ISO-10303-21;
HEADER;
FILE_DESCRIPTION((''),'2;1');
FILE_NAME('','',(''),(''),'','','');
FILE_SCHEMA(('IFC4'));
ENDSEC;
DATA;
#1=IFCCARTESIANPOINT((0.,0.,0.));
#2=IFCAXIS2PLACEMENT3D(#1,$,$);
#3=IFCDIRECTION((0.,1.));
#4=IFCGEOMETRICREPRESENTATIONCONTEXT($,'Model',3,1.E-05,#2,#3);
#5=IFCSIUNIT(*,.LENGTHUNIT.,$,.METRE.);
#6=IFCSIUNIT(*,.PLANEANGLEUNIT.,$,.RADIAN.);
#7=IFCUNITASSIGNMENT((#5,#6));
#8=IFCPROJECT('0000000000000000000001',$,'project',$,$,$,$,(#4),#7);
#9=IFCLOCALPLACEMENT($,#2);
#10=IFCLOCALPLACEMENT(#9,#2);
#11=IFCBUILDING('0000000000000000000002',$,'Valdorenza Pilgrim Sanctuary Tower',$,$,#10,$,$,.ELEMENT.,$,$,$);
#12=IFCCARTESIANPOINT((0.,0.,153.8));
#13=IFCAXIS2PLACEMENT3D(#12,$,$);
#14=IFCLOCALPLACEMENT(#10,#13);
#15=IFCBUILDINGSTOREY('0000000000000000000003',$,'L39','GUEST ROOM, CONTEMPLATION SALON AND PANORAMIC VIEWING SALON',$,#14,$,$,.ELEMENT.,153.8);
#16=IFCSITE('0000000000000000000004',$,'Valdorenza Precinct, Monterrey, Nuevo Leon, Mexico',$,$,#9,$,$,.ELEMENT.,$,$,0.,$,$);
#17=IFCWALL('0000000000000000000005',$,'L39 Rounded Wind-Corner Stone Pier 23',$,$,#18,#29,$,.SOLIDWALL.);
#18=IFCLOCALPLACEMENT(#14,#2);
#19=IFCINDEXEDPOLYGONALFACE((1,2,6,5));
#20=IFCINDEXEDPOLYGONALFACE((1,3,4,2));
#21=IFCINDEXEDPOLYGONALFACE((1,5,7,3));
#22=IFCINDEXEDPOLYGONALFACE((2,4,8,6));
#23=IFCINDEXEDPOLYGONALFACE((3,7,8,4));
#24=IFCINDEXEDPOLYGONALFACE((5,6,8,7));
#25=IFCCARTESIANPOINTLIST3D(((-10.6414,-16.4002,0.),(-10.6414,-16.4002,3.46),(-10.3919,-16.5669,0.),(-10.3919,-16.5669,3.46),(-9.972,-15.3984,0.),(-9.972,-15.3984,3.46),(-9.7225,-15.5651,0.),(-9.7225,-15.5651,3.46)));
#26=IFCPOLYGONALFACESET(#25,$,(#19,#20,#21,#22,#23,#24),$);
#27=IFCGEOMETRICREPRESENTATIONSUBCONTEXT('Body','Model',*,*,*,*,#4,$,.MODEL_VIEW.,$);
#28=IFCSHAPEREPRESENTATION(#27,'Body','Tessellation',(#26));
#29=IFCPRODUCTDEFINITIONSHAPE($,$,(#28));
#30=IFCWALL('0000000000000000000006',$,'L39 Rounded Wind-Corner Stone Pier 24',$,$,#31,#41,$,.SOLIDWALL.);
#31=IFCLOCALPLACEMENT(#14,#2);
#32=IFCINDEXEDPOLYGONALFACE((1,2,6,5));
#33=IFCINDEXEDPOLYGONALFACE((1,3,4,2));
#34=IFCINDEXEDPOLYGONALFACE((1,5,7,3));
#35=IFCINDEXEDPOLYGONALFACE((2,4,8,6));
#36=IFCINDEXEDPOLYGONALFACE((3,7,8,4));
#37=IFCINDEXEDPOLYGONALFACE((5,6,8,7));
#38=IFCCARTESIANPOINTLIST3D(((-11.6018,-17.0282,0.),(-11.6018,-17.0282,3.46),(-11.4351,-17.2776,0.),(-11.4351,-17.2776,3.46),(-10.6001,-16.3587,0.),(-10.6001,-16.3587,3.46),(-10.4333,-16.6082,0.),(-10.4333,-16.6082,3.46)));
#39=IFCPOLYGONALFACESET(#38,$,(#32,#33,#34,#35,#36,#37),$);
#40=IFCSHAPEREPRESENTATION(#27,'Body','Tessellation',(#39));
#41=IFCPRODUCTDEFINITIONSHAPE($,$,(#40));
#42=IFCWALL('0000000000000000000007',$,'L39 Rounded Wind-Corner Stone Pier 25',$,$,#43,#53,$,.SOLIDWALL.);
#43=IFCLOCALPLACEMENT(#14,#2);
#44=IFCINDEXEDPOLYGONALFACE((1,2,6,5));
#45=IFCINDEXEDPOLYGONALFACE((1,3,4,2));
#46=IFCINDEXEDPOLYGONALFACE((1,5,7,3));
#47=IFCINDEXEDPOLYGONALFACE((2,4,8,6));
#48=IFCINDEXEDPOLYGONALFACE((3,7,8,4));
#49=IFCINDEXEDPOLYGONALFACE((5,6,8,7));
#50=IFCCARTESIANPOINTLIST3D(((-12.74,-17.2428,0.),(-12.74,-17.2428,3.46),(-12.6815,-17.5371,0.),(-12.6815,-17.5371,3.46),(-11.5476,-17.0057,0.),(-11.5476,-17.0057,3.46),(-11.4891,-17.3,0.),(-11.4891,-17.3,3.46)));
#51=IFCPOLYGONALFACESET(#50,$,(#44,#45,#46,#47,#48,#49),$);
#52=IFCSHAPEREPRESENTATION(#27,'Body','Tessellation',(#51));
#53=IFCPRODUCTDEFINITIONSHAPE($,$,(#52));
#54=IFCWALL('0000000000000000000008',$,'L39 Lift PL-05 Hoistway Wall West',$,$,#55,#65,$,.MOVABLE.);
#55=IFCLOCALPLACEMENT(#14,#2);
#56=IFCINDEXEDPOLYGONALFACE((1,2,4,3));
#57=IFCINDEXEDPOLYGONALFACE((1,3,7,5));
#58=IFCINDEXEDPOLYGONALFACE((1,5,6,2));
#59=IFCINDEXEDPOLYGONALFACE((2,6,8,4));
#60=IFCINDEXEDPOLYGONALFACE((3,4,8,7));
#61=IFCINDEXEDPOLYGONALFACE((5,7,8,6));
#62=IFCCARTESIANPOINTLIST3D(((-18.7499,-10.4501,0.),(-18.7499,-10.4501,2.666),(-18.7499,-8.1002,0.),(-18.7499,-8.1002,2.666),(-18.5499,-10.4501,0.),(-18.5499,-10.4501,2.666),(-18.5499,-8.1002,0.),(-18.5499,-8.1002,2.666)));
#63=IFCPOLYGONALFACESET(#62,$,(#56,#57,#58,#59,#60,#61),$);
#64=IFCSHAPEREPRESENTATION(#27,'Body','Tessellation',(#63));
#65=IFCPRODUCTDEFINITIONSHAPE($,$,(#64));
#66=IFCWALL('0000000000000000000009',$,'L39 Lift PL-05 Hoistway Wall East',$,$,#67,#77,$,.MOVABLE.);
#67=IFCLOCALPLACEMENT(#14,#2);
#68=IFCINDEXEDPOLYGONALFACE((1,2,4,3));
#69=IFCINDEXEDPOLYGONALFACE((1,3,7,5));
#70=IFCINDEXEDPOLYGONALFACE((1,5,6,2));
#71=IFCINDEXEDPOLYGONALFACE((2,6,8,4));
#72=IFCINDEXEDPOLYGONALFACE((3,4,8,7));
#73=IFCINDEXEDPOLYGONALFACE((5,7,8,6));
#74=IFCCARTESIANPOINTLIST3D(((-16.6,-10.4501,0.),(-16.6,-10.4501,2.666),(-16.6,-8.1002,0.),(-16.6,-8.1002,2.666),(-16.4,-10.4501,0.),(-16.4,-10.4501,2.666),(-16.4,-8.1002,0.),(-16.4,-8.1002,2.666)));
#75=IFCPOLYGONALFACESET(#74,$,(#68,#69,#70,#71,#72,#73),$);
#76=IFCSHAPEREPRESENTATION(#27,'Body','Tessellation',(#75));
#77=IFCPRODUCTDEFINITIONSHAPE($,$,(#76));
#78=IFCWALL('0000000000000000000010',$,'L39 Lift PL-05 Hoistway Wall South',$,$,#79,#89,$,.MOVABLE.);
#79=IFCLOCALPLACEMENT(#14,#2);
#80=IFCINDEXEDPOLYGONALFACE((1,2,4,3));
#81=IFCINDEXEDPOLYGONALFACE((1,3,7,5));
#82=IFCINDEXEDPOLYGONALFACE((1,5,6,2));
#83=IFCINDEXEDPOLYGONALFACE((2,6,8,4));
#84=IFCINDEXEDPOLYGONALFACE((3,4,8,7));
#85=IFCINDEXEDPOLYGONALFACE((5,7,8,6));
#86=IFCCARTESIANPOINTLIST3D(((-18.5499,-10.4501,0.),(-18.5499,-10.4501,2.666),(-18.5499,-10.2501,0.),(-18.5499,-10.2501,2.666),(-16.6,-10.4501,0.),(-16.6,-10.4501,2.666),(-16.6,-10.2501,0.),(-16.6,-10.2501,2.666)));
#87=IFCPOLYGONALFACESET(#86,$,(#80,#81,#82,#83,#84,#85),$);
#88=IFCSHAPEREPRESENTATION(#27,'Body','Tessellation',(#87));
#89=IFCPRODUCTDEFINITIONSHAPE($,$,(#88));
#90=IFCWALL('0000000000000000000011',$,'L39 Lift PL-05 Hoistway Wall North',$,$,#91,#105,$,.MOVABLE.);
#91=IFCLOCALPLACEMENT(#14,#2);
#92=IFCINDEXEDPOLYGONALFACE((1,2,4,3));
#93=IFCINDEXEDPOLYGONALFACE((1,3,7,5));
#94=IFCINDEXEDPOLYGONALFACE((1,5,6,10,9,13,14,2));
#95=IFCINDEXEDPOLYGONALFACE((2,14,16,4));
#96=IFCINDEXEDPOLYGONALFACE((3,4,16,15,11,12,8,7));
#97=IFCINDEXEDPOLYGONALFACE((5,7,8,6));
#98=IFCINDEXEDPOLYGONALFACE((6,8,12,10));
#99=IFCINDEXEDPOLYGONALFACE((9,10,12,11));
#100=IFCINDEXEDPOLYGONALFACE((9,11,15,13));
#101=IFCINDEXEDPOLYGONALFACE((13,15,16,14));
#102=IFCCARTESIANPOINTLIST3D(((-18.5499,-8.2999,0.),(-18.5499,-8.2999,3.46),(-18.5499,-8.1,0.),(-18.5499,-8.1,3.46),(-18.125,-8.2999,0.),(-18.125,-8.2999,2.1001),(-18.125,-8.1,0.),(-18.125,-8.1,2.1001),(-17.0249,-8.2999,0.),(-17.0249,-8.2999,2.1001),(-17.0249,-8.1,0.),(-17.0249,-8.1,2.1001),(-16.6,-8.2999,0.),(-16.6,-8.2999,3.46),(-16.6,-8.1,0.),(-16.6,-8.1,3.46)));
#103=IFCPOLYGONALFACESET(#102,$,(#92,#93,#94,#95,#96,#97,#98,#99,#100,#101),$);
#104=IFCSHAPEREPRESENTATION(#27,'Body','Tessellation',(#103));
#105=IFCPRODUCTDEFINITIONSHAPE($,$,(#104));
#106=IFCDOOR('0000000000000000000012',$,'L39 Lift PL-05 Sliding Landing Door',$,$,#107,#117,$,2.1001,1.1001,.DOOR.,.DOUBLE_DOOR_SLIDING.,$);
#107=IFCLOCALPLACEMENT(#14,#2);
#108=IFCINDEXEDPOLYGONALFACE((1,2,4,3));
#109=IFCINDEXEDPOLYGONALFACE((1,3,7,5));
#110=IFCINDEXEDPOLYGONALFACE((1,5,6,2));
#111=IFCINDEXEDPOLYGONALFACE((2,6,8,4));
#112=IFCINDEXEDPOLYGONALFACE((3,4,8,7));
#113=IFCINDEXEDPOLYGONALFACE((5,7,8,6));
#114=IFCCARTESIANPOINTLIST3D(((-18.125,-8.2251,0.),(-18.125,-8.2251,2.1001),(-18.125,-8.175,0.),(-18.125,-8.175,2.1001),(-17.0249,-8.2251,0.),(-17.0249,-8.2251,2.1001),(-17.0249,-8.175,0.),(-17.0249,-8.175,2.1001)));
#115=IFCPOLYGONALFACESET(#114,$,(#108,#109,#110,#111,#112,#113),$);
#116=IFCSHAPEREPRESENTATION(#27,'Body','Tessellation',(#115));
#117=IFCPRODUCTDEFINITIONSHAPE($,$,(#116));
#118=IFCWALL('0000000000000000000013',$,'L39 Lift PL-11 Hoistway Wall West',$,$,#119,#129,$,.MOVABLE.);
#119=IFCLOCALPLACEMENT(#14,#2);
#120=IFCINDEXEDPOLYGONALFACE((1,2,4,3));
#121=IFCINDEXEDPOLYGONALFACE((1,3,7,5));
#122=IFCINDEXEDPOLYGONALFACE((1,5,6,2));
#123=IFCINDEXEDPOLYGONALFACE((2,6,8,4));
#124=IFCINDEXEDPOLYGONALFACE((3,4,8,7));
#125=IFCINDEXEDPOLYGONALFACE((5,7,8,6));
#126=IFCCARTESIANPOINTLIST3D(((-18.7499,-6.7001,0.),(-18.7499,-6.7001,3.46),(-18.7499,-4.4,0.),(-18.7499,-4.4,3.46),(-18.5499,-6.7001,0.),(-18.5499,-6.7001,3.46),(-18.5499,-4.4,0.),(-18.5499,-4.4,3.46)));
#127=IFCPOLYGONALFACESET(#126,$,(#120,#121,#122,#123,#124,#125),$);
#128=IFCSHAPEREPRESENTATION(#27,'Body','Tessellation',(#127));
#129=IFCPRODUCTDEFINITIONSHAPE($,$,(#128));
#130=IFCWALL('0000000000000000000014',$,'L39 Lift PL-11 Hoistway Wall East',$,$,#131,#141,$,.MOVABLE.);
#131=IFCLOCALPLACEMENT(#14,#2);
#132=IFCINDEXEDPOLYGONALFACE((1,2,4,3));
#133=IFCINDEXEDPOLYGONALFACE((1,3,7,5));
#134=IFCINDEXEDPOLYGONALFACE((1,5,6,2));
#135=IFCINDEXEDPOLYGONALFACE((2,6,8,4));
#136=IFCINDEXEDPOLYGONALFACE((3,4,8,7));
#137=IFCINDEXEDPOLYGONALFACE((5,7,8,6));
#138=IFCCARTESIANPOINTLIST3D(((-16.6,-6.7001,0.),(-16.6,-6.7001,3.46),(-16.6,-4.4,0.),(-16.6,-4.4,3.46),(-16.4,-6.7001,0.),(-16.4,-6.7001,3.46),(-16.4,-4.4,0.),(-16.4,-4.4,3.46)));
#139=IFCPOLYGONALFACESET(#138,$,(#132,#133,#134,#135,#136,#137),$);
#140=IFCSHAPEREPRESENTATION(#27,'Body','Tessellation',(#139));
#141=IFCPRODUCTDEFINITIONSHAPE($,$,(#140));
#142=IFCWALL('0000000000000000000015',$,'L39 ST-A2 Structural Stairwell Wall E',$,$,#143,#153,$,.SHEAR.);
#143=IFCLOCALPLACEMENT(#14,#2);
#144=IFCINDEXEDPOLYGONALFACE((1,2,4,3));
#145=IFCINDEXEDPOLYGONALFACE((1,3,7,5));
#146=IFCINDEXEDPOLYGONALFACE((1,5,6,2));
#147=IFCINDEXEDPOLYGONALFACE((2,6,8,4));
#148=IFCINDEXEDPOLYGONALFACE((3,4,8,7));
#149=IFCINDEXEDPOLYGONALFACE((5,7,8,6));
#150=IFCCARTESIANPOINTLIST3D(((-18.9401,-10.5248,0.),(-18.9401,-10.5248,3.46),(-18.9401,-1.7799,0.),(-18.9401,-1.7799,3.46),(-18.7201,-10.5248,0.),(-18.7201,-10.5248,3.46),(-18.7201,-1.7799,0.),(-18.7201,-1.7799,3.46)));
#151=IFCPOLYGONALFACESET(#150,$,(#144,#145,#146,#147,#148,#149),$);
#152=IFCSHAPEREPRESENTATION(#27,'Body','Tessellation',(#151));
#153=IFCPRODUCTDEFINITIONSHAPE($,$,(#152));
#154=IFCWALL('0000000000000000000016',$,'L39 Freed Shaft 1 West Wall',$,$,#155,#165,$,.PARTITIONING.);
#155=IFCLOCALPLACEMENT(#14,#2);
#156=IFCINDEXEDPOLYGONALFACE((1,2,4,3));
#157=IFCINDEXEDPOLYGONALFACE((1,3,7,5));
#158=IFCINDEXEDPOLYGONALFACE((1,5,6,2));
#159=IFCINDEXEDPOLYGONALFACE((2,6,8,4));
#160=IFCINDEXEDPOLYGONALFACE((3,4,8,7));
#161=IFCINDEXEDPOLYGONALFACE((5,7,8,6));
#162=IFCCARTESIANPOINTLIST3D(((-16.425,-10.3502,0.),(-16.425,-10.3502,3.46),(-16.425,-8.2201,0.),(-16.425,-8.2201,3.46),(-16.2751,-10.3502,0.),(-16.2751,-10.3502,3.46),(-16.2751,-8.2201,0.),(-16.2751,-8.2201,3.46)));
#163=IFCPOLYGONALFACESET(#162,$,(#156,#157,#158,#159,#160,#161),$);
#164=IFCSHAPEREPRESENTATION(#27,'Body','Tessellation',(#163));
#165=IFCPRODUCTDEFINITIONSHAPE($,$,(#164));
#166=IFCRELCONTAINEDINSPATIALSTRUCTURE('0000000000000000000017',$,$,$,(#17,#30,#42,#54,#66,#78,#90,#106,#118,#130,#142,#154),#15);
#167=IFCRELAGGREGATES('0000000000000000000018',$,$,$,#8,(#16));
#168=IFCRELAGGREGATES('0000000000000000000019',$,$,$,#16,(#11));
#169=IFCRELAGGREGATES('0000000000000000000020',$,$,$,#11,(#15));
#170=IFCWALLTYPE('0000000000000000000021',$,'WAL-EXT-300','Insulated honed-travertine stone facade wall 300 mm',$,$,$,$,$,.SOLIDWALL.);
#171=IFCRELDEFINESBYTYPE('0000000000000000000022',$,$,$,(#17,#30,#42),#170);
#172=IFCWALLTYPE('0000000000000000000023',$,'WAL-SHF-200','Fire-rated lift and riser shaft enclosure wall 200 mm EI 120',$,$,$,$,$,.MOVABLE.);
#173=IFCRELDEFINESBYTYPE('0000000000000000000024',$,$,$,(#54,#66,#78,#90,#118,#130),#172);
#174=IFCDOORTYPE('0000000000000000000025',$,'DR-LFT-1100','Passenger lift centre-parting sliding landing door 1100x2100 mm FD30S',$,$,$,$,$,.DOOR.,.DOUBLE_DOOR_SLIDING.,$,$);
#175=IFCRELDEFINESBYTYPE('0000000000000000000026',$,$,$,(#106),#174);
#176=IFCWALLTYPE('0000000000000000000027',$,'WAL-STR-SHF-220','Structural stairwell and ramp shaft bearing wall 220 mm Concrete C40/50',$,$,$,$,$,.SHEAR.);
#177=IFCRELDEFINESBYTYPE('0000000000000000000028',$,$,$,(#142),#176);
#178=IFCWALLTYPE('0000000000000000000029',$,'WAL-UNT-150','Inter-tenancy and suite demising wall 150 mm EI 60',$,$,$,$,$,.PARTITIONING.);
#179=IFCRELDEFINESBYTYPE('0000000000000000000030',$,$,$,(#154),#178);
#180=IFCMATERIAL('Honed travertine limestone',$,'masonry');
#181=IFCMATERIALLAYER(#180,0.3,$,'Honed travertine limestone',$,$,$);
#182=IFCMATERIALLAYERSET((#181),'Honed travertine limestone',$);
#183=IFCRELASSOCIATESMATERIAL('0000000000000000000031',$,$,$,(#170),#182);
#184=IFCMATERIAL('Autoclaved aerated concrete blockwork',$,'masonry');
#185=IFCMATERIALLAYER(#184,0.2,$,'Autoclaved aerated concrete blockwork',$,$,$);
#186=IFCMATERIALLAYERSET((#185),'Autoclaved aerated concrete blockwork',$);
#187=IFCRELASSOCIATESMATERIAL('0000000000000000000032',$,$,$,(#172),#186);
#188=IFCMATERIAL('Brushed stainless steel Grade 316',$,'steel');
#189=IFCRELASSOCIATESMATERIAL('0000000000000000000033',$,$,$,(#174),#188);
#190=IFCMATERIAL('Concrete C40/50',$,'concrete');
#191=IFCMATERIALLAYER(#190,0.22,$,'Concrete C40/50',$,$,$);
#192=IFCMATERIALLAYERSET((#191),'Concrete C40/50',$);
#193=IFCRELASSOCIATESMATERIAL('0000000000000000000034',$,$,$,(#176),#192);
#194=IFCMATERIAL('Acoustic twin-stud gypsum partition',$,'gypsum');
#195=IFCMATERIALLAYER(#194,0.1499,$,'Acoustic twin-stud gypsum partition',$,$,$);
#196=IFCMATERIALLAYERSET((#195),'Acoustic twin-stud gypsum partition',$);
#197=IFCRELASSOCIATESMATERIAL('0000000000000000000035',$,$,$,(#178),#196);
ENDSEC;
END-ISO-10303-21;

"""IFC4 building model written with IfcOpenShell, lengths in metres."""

from ifc_helpers import new_model, si_unit, direction, frame, frame_2d, origin, place, context, subcontext, project, spatial, rectangle, extrude, material, layer, layer_set, type_object, element, fill, save


model = new_model("IFC4")

# Units and contexts
model_context = context("Model", 3, precision=1e-05, world=origin(), true_north=direction((0.0, 1.0)))
body_context = subcontext(model_context, "Body", "Model", "MODEL_VIEW")
ifc_project = project(units=[si_unit("LENGTHUNIT", "METRE"), si_unit("PLANEANGLEUNIT", "RADIAN")], contexts=[model_context])

# Site, building, storey
site_placement = place(None, origin())
site = spatial("IfcSite", under=ifc_project, at=site_placement, Name="Valdorenza Precinct, Monterrey, Nuevo Leon, Mexico", CompositionType="ELEMENT", RefElevation=0.0)
building_placement = place(site_placement, origin())
building = spatial("IfcBuilding", under=site, at=building_placement, Name="Valdorenza Pilgrim Sanctuary Tower", CompositionType="ELEMENT")
storey_placement = place(building_placement, frame((0.0, 0.0, 153.8)))
storey = spatial("IfcBuildingStorey", under=building, at=storey_placement, Name="L39", Description="GUEST ROOM, CONTEMPLATION SALON AND PANORAMIC VIEWING SALON", CompositionType="ELEMENT", Elevation=153.8)

# Shared definitions
ifc_material_1 = material(Name="Honed travertine limestone", Category="masonry")

# Shared definitions
ifc_material_2 = material(Name="Acoustic twin-stud gypsum partition", Category="gypsum")

# Walls
ifc_layer_1 = layer(ifc_material_1, 0.3, Name="Honed travertine limestone")
ifc_layer_set_1 = layer_set([ifc_layer_1], Name="Honed travertine limestone")
wall_type_1 = type_object("IfcWallType", Name="WAL-EXT-300", Description="Insulated honed-travertine stone facade wall 300 mm", PredefinedType="SOLIDWALL", material=ifc_layer_set_1)
for number, where, z_axis, x_axis, name in (
    (1, (-9.8472, -15.4817, 0.0), (0.0, 0.0, 1.0), (-0.555635, -0.831426, 0.0), "L39 Rounded Wind-Corner Stone Pier 23"),
    (2, (-10.5166, -16.4834, 0.0), (0.0, 0.0, 1.0), (-0.831426, -0.555635, 0.0), "L39 Rounded Wind-Corner Stone Pier 24"),
):
    element("IfcWall", number, at=place(storey_placement, frame(where, z_axis=z_axis, x_axis=x_axis)), inside=storey, type_object=wall_type_1, Name=name, PredefinedType="SOLIDWALL", context=body_context, shape_type="SweptSolid", body=[
        extrude(rectangle(XDim=1.2048, YDim=0.3, at=frame_2d((0.6025, 0.0))), origin(), (0.0, 0.0, 1.0), 3.46),
    ])
wall_1_placement = place(storey_placement, frame((-11.5183, -17.1528, 0.0), z_axis=(0.0, 0.0, 1.0), x_axis=(-0.980804, -0.194996, 0.0)))
element("IfcWall", 3, at=wall_1_placement, inside=storey, type_object=wall_type_1, Name="L39 Rounded Wind-Corner Stone Pier 25", PredefinedType="SOLIDWALL", context=body_context, shape_type="SweptSolid", body=[
    extrude(rectangle(XDim=1.2158, YDim=0.3, at=frame_2d((0.6079, 0.0))), origin(), (0.0, 0.0, 1.0), 3.46),
])
ifc_material_3 = material(Name="Autoclaved aerated concrete blockwork", Category="masonry")
ifc_layer_2 = layer(ifc_material_3, 0.2, Name="Autoclaved aerated concrete blockwork")
ifc_layer_set_2 = layer_set([ifc_layer_2], Name="Autoclaved aerated concrete blockwork")
wall_type_2 = type_object("IfcWallType", Name="WAL-SHF-200", Description="Fire-rated lift and riser shaft enclosure wall 200 mm EI 120", PredefinedType="MOVABLE", material=ifc_layer_set_2)
for number, where, z_axis, x_axis, name in (
    (4, (-18.6499, -10.45, 0.0), (0.0, 0.0, 1.0), (0.0, 1.0, 0.0), "L39 Lift PL-05 Hoistway Wall West"),
    (5, (-16.5, -10.45, 0.0), (0.0, 0.0, 1.0), (0.0, 1.0, 0.0), "L39 Lift PL-05 Hoistway Wall East"),
):
    element("IfcWall", number, at=place(storey_placement, frame(where, z_axis=z_axis, x_axis=x_axis)), inside=storey, type_object=wall_type_2, Name=name, PredefinedType="MOVABLE", context=body_context, shape_type="SweptSolid", body=[
        extrude(rectangle(XDim=2.3499, YDim=0.2, at=frame_2d((1.1748, 0.0))), origin(), (0.0, 0.0, 1.0), 2.666),
    ])
wall_2_placement = place(storey_placement, frame((-18.55, -10.3501, 0.0), z_axis=(0.0, 0.0, 1.0), x_axis=(1.0, 0.0, 0.0)))
element("IfcWall", 6, at=wall_2_placement, inside=storey, type_object=wall_type_2, Name="L39 Lift PL-05 Hoistway Wall South", PredefinedType="MOVABLE", context=body_context, shape_type="SweptSolid", body=[
    extrude(rectangle(XDim=1.95, YDim=0.2, at=frame_2d((0.9751, 0.0))), origin(), (0.0, 0.0, 1.0), 2.666),
])

# Wall, opening, door
wall_3_placement = place(storey_placement, frame((-18.55, -8.2, 0.0), z_axis=(0.0, 0.0, 1.0), x_axis=(1.0, 0.0, 0.0)))
wall_3 = element("IfcWall", 7, at=wall_3_placement, inside=storey, type_object=wall_type_2, Name="L39 Lift PL-05 Hoistway Wall North", PredefinedType="MOVABLE", context=body_context, shape_type="SweptSolid", body=[
    extrude(rectangle(XDim=1.95, YDim=0.2, at=frame_2d((0.9751, 0.0))), origin(), (0.0, 0.0, 1.0), 3.46),
])
opening_1_placement = place(wall_3_placement, frame((0.425, 0.0, 0.0)))
opening_1 = element("IfcOpeningElement", 8, at=opening_1_placement, cuts=wall_3, PredefinedType="OPENING", context=body_context, shape_type="SweptSolid", body=[
    extrude(rectangle(XDim=1.1001, YDim=2.1001, at=frame_2d((0.55, 1.05))), frame((0.0, 0.1147, 0.0), z_axis=(0.0, -1.0, 0.0), x_axis=(1.0, 0.0, 0.0)), (0.0, 0.0, 1.0), 0.2297),
])
ifc_material_4 = material(Name="Brushed stainless steel Grade 316", Category="steel")
door_type_1 = type_object("IfcDoorType", Name="DR-LFT-1100", Description="Passenger lift centre-parting sliding landing door 1100x2100 mm FD30S", OperationType="DOUBLE_DOOR_SLIDING", PredefinedType="DOOR", material=ifc_material_4)
door_1_placement = place(opening_1_placement, origin())
door_1 = element("IfcDoor", 9, at=door_1_placement, inside=storey, type_object=door_type_1, Name="L39 Lift PL-05 Sliding Landing Door", OperationType="DOUBLE_DOOR_SLIDING", OverallHeight=2.1001, OverallWidth=1.1001, PredefinedType="DOOR", context=body_context, shape_type="SweptSolid", body=[
    extrude(rectangle(XDim=1.1001, YDim=2.1001, at=frame_2d((0.55, 1.05))), frame((0.0, 0.0249, 0.0), z_axis=(0.0, -1.0, 0.0), x_axis=(1.0, 0.0, 0.0)), (0.0, 0.0, 1.0), 0.05),
])
fill(opening_1, door_1)

# Walls
for number, where, z_axis, x_axis, name in (
    (10, (-18.6499, -6.7, 0.0), (0.0, 0.0, 1.0), (0.0, 1.0, 0.0), "L39 Lift PL-11 Hoistway Wall West"),
    (11, (-16.5, -6.7, 0.0), (0.0, 0.0, 1.0), (0.0, 1.0, 0.0), "L39 Lift PL-11 Hoistway Wall East"),
):
    element("IfcWall", number, at=place(storey_placement, frame(where, z_axis=z_axis, x_axis=x_axis)), inside=storey, type_object=wall_type_2, Name=name, PredefinedType="MOVABLE", context=body_context, shape_type="SweptSolid", body=[
        extrude(rectangle(XDim=2.3, YDim=0.2, at=frame_2d((1.1499, 0.0))), origin(), (0.0, 0.0, 1.0), 3.46),
    ])
ifc_material_5 = material(Name="Concrete C40/50", Category="concrete")
ifc_layer_3 = layer(ifc_material_5, 0.22, Name="Concrete C40/50")
ifc_layer_set_3 = layer_set([ifc_layer_3], Name="Concrete C40/50")
wall_type_3 = type_object("IfcWallType", Name="WAL-STR-SHF-220", Description="Structural stairwell and ramp shaft bearing wall 220 mm Concrete C40/50", PredefinedType="SHEAR", material=ifc_layer_set_3)
wall_4_placement = place(storey_placement, frame((-18.8301, -10.5249, 0.0), z_axis=(0.0, 0.0, 1.0), x_axis=(0.0, 1.0, 0.0)))
element("IfcWall", 12, at=wall_4_placement, inside=storey, type_object=wall_type_3, Name="L39 ST-A2 Structural Stairwell Wall E", PredefinedType="SHEAR", context=body_context, shape_type="SweptSolid", body=[
    extrude(rectangle(XDim=8.7449, YDim=0.22, at=frame_2d((4.3726, 0.0))), origin(), (0.0, 0.0, 1.0), 3.46),
])
ifc_layer_4 = layer(ifc_material_2, 0.1499, Name="Acoustic twin-stud gypsum partition")
ifc_layer_set_4 = layer_set([ifc_layer_4], Name="Acoustic twin-stud gypsum partition")
wall_type_4 = type_object("IfcWallType", Name="WAL-UNT-150", Description="Inter-tenancy and suite demising wall 150 mm EI 60", PredefinedType="PARTITIONING", material=ifc_layer_set_4)
wall_5_placement = place(storey_placement, frame((-16.3501, -10.3501, 0.0), z_axis=(0.0, 0.0, 1.0), x_axis=(0.0, 1.0, 0.0)))
element("IfcWall", 13, at=wall_5_placement, inside=storey, type_object=wall_type_4, Name="L39 Freed Shaft 1 West Wall", PredefinedType="PARTITIONING", context=body_context, shape_type="SweptSolid", body=[
    extrude(rectangle(XDim=2.1301, YDim=0.1499, at=frame_2d((1.0649, 0.0))), origin(), (0.0, 0.0, 1.0), 3.46),
])

save(model, "model.ifc")
